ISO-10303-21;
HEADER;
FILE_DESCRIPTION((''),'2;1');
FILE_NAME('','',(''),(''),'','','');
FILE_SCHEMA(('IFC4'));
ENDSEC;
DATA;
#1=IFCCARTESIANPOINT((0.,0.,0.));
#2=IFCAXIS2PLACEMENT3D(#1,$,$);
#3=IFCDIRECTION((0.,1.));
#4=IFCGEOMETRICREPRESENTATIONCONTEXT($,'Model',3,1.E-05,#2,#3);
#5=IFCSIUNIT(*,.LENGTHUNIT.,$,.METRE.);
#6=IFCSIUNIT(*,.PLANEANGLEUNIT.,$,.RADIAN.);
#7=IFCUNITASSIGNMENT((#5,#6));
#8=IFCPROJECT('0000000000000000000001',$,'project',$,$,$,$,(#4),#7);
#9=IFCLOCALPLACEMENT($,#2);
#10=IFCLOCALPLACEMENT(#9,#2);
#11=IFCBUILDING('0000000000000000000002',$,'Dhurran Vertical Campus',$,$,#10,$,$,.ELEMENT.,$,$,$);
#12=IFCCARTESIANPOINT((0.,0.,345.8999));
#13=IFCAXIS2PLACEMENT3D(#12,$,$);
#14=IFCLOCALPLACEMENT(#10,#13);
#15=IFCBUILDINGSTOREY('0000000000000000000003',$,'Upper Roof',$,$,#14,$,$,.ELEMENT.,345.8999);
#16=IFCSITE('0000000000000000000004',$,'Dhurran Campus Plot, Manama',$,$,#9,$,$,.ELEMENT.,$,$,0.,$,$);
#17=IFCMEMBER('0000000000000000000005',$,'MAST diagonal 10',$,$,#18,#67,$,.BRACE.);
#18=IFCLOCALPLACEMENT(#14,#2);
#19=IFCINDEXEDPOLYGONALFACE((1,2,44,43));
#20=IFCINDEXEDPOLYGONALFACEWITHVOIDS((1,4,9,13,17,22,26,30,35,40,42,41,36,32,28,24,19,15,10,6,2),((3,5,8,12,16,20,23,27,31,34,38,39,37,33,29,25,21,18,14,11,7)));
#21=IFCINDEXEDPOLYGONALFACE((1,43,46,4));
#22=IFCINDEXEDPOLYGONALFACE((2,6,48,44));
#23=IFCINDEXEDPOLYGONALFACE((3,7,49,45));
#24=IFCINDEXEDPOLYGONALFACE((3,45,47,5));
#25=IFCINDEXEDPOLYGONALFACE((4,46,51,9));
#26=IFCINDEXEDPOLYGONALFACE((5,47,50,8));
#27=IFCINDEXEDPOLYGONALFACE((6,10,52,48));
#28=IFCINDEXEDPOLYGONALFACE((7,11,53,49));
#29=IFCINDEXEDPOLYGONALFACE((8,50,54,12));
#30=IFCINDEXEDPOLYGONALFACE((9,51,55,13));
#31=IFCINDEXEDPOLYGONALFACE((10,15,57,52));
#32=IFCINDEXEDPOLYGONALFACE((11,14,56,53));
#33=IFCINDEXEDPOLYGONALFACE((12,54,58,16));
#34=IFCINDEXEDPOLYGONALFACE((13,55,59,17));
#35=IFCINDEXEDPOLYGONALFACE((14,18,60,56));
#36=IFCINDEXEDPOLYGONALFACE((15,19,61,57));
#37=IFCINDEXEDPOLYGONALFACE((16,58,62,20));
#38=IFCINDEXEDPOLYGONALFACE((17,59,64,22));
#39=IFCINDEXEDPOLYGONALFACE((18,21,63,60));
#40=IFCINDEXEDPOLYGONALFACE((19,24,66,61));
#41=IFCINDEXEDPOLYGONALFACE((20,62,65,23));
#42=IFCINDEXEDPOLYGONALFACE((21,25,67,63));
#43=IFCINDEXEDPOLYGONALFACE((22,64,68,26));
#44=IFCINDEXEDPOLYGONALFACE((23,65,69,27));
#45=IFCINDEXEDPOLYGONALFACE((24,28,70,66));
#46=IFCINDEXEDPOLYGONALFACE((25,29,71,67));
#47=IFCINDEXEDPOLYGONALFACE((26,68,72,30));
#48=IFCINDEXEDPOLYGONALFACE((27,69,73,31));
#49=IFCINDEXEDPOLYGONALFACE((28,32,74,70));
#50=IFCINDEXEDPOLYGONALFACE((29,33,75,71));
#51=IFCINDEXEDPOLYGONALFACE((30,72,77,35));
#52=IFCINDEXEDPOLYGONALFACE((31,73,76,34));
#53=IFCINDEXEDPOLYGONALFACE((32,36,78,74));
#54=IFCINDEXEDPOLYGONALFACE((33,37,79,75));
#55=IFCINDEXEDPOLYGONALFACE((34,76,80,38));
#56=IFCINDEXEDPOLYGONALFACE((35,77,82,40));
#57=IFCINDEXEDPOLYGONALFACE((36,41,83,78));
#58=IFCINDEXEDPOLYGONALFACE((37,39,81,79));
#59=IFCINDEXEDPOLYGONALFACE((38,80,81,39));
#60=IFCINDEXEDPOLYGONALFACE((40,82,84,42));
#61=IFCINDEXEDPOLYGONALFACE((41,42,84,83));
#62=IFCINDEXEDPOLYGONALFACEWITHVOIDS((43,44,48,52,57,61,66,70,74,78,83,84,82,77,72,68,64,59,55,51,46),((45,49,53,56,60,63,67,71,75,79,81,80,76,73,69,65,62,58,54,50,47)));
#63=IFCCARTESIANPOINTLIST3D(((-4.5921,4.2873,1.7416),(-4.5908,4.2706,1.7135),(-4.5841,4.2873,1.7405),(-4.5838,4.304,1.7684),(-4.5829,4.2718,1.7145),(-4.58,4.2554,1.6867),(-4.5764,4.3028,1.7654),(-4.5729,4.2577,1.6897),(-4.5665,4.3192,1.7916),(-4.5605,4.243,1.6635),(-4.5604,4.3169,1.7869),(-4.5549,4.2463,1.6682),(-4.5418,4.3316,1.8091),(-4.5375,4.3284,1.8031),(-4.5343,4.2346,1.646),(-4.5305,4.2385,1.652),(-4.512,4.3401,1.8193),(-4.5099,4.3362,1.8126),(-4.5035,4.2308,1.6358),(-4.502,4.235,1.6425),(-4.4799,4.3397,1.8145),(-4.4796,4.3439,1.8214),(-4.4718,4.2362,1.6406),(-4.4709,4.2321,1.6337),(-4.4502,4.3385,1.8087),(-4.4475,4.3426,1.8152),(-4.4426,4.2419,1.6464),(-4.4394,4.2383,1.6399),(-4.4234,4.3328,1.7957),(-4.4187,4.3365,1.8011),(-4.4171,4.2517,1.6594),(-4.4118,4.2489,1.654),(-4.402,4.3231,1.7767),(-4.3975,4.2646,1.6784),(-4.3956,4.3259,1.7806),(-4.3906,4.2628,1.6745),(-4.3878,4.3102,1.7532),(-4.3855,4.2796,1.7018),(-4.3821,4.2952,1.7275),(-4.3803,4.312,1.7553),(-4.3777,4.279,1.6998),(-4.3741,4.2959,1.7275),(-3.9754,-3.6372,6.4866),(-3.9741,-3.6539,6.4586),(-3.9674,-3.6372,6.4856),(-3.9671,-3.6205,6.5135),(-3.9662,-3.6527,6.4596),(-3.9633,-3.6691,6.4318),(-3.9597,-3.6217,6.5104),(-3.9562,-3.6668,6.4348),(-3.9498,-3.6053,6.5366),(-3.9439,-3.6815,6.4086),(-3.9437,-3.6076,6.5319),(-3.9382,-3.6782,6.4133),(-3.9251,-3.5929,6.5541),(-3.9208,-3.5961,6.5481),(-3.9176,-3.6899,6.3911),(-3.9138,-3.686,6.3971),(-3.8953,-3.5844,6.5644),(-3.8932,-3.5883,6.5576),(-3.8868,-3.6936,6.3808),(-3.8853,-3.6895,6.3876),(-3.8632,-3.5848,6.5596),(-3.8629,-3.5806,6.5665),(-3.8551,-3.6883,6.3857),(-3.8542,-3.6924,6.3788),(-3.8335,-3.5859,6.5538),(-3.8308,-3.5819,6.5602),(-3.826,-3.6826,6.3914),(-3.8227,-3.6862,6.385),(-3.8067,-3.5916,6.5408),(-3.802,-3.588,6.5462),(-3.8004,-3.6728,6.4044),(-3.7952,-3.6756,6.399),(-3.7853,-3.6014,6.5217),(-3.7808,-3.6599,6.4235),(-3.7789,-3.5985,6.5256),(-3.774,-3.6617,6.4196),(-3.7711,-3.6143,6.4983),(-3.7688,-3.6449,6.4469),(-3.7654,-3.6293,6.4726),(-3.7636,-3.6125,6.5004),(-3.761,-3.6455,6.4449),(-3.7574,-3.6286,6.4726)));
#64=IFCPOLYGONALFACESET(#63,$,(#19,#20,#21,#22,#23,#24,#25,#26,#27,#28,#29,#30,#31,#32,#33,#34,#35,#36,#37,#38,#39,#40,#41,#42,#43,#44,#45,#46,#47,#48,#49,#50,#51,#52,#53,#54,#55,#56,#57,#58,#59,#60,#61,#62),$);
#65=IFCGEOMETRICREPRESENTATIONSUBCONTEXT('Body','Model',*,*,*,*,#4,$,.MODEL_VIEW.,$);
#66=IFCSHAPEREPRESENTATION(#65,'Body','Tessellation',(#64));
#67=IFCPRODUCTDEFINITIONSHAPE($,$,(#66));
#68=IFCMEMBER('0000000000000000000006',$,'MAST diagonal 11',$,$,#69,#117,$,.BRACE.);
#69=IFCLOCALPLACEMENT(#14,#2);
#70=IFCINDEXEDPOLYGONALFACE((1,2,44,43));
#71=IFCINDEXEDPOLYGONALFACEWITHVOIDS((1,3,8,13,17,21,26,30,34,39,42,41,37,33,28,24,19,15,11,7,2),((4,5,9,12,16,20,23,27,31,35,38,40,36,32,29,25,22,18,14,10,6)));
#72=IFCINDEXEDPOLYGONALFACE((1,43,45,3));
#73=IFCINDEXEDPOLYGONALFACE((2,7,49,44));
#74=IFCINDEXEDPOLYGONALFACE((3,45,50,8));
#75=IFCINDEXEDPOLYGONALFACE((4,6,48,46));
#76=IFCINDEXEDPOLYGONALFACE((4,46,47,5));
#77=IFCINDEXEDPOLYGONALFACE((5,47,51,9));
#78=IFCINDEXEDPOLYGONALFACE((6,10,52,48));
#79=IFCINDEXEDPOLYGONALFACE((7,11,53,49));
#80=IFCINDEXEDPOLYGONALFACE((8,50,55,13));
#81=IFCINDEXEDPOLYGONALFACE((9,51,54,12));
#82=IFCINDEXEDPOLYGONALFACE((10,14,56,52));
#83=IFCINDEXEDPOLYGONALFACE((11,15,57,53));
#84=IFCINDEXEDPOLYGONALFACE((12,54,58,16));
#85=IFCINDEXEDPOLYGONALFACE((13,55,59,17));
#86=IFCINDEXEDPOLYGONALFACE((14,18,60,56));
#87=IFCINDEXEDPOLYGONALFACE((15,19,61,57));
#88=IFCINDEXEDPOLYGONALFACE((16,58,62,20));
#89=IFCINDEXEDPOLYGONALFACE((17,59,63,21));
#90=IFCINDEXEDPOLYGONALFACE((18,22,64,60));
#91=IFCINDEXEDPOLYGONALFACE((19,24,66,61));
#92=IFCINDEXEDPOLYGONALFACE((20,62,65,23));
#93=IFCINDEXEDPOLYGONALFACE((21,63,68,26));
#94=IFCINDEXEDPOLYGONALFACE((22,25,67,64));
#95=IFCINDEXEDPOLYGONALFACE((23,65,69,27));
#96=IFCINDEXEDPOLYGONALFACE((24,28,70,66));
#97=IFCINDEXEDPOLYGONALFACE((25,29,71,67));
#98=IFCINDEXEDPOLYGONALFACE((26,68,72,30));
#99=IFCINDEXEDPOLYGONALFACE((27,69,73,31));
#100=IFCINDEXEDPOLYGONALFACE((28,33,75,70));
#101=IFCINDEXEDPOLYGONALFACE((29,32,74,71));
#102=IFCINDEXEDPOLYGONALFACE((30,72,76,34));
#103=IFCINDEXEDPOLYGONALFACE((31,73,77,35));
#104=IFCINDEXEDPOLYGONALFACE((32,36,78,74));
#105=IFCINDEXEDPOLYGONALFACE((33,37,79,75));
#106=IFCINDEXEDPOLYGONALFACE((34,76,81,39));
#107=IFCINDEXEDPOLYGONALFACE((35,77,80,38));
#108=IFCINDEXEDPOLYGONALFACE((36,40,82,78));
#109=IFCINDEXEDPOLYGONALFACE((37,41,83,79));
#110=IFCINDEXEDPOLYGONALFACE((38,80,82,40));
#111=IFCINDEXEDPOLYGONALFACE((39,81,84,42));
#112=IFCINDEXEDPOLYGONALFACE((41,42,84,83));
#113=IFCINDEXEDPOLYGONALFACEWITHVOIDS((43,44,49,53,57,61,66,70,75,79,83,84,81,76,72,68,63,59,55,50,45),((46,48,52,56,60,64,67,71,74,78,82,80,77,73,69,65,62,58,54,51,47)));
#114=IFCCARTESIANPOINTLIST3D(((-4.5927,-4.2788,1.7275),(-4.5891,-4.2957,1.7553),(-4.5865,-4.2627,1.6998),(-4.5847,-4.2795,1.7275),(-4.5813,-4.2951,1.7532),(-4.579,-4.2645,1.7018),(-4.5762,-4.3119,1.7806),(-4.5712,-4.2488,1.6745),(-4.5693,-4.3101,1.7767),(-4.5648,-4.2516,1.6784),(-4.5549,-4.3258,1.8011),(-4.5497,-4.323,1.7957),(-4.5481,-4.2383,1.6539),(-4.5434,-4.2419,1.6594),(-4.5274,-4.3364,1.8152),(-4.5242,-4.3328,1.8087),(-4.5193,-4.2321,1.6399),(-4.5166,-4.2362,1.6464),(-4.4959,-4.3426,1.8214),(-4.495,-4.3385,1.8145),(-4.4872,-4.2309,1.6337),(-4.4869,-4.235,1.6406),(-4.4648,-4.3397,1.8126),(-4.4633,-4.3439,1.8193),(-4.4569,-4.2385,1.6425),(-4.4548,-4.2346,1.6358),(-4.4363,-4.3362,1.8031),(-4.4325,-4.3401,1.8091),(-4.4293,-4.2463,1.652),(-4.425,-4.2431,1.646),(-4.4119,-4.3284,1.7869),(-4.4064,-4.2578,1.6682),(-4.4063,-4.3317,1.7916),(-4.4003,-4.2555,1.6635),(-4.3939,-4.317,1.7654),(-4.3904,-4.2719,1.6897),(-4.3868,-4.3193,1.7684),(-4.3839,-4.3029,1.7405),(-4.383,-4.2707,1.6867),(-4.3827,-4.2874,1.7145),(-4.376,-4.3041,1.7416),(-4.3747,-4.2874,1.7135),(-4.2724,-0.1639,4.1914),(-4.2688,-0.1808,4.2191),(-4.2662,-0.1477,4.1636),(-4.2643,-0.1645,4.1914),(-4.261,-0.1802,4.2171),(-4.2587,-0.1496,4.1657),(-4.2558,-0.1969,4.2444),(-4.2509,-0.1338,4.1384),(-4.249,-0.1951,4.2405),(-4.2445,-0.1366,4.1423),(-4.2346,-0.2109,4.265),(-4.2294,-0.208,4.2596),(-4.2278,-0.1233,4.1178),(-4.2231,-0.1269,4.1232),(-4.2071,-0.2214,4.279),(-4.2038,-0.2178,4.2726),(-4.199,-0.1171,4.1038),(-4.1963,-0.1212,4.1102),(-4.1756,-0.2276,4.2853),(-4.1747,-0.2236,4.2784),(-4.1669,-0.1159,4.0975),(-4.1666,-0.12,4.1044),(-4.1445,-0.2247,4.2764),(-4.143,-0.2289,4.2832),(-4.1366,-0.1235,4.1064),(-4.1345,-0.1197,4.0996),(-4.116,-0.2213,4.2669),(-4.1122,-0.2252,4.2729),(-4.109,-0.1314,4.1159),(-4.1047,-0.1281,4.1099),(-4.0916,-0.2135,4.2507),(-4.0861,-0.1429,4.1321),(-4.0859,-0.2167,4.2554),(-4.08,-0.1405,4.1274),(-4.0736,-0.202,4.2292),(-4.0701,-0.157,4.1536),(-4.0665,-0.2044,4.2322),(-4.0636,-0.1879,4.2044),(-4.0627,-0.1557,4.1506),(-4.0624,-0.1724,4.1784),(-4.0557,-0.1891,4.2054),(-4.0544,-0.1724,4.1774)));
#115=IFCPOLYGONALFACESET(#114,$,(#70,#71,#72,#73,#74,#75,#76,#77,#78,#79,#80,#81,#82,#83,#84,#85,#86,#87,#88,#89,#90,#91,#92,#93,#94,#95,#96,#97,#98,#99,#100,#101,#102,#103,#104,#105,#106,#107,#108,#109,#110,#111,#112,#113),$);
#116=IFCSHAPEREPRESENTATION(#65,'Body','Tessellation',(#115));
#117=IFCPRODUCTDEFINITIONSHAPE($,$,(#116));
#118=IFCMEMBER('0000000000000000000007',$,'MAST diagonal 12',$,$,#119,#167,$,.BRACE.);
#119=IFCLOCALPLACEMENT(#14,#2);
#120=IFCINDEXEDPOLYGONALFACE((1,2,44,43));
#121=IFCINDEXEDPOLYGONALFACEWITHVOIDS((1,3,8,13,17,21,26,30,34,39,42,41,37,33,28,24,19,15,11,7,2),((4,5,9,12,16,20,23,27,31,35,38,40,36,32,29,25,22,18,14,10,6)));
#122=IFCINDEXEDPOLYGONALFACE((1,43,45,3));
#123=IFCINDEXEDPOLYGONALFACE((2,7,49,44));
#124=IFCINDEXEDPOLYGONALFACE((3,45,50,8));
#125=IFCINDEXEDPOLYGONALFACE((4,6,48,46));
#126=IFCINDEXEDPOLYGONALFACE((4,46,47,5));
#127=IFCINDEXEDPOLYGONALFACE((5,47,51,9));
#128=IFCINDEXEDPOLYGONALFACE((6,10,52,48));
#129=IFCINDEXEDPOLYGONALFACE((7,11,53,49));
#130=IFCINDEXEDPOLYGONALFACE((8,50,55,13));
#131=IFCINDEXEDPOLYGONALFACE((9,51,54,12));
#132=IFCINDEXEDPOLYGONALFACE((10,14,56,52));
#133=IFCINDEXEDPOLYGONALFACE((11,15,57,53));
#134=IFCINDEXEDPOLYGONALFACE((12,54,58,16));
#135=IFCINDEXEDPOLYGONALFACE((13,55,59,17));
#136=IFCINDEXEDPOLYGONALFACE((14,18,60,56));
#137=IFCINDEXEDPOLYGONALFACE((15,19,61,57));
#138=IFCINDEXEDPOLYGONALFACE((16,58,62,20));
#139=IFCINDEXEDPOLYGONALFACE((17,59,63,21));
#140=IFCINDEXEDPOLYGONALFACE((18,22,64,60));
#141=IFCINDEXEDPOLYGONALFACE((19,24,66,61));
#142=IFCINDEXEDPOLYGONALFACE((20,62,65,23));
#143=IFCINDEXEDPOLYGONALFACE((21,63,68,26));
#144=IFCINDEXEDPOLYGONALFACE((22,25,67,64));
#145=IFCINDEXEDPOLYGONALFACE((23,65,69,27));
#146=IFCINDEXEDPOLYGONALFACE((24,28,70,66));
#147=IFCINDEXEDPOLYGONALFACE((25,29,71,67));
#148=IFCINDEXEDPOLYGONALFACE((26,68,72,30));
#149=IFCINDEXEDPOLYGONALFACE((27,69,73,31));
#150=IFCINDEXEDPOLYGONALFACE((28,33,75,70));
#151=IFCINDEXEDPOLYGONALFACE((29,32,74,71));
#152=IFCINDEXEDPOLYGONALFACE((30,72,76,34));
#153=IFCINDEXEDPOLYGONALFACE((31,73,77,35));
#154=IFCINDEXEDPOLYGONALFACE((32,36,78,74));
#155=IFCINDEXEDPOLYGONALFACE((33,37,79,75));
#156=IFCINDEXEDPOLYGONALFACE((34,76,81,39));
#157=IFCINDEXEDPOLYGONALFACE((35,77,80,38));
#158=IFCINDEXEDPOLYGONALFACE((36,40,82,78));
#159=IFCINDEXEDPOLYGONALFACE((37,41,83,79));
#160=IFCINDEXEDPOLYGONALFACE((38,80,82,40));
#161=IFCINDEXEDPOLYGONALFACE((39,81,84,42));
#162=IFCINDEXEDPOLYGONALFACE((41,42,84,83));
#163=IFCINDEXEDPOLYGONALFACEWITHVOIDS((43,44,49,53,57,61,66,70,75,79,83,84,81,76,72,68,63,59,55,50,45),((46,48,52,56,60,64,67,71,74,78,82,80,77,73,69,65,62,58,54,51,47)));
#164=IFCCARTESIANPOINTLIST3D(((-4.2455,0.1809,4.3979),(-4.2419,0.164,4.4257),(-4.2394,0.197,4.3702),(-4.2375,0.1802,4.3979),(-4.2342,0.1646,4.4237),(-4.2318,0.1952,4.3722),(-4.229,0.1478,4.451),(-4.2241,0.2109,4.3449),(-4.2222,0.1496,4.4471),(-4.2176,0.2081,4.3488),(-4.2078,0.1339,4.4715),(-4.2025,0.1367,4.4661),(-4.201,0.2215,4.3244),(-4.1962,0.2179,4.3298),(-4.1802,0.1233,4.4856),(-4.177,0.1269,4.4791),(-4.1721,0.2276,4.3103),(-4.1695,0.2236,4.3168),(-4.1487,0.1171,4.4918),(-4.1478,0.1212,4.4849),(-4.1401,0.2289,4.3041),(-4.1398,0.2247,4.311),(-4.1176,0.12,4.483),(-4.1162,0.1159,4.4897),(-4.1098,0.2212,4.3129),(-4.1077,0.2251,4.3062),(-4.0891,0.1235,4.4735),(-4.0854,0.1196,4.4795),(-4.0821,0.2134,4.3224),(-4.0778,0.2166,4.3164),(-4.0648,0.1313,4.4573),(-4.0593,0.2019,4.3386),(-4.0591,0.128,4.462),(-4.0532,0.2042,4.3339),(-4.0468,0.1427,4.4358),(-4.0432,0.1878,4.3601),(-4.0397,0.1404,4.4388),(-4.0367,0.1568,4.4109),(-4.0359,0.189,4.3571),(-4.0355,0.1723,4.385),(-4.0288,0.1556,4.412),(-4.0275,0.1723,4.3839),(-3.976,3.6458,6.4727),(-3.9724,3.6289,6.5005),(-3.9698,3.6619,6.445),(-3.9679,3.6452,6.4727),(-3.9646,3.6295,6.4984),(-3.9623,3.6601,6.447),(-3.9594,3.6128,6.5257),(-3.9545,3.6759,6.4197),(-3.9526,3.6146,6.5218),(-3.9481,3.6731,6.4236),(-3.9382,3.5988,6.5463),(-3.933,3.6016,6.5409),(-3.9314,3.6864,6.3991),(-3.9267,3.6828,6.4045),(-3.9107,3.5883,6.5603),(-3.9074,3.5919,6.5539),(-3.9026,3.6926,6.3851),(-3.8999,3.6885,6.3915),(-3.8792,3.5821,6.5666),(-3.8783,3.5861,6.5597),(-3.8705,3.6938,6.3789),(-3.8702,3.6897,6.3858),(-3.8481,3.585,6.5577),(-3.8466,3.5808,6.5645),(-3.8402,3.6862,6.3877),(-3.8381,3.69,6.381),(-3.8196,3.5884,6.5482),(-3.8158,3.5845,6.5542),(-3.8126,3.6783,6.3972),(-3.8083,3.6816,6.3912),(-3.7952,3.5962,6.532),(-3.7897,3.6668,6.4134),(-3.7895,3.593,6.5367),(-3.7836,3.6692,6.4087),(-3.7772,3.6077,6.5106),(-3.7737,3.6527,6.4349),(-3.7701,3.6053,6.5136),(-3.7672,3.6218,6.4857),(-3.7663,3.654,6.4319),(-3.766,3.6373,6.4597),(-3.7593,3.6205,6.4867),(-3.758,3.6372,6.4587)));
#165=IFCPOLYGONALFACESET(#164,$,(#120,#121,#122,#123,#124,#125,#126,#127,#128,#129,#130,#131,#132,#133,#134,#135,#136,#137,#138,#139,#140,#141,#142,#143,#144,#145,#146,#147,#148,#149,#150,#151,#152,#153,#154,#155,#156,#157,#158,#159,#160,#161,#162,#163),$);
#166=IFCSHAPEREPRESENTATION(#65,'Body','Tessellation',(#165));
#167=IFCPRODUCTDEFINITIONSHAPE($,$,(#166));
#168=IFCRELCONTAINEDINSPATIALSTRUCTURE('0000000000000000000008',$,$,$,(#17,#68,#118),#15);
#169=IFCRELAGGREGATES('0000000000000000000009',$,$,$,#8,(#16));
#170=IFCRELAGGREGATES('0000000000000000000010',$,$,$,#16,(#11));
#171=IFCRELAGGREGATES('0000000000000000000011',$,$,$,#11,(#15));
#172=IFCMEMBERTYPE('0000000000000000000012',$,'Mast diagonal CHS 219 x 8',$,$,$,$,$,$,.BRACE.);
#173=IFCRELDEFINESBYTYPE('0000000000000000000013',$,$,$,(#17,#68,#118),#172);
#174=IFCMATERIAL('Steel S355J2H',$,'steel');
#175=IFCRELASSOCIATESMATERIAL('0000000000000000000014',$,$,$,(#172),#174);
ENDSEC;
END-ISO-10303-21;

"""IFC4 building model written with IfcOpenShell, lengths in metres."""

from ifc_helpers import new_model, si_unit, direction, frame, origin, origin_2d, place, context, subcontext, project, spatial, hollow_circle, extrude, material, material_profile, profile_set, type_object, element, save


model = new_model("IFC4")

# Units and contexts
model_context = context("Model", 3, precision=1e-05, world=origin(), true_north=direction((0.0, 1.0)))
body_context = subcontext(model_context, "Body", "Model", "MODEL_VIEW")
ifc_project = project(units=[si_unit("LENGTHUNIT", "METRE"), si_unit("PLANEANGLEUNIT", "RADIAN")], contexts=[model_context])

# Site, building, storey
site_placement = place(None, origin())
site = spatial("IfcSite", under=ifc_project, at=site_placement, Name="Dhurran Campus Plot, Manama", CompositionType="ELEMENT", RefElevation=0.0)
building_placement = place(site_placement, origin())
building = spatial("IfcBuilding", under=site, at=building_placement, Name="Dhurran Vertical Campus", CompositionType="ELEMENT")
storey_placement = place(building_placement, frame((0.0, 0.0, 345.8999)))
storey = spatial("IfcBuildingStorey", under=building, at=storey_placement, Name="Upper Roof", CompositionType="ELEMENT", Elevation=345.8999)

# Members
ifc_material_1 = material(Name="Steel S355J2H", Category="steel")
ifc_material_profile_1 = material_profile(ifc_material_1, hollow_circle(Radius=0.1096, WallThickness=0.0081, at=origin_2d()), Name="CHS219x8")
ifc_profile_set_1 = profile_set([ifc_material_profile_1], Name="Steel S355J2H")
member_type_1 = type_object("IfcMemberType", Name="Mast diagonal CHS 219 x 8", PredefinedType="BRACE", material=ifc_profile_set_1)
member_1_placement = place(storey_placement, frame((-4.4834, 4.2874, 1.7275), z_axis=(0.066619, -0.856046, 0.512589), x_axis=(0.996986, 0.077587, 0.0)))
element("IfcMember", 1, at=member_1_placement, inside=storey, type_object=member_type_1, Name="MAST diagonal 10", PredefinedType="BRACE", context=body_context, shape_type="SweptSolid", body=[
    extrude(hollow_circle(Radius=0.1096, WallThickness=0.0081, at=origin_2d()), origin(), (0.0, 0.0, 1.0), 9.2571),
])
member_2_placement = place(storey_placement, frame((-4.4834, -4.2874, 1.7275), z_axis=(0.066636, 0.856057, 0.512568), x_axis=(-0.996984, 0.077606, 0.0)))
element("IfcMember", 2, at=member_2_placement, inside=storey, type_object=member_type_1, Name="MAST diagonal 11", PredefinedType="BRACE", context=body_context, shape_type="SweptSolid", body=[
    extrude(hollow_circle(Radius=0.1096, WallThickness=0.0081, at=origin_2d()), origin(), (0.0, 0.0, 1.0), 4.8069),
])
member_3_placement = place(storey_placement, frame((-4.1362, 0.1724, 4.3979), z_axis=(0.066592, 0.856047, 0.512591), x_axis=(-0.996988, 0.077556, 0.0)))
element("IfcMember", 3, at=member_3_placement, inside=storey, type_object=member_type_1, Name="MAST diagonal 12", PredefinedType="BRACE", context=body_context, shape_type="SweptSolid", body=[
    extrude(hollow_circle(Radius=0.1096, WallThickness=0.0081, at=origin_2d()), origin(), (0.0, 0.0, 1.0), 4.0476),
])

save(model, "model.ifc")
